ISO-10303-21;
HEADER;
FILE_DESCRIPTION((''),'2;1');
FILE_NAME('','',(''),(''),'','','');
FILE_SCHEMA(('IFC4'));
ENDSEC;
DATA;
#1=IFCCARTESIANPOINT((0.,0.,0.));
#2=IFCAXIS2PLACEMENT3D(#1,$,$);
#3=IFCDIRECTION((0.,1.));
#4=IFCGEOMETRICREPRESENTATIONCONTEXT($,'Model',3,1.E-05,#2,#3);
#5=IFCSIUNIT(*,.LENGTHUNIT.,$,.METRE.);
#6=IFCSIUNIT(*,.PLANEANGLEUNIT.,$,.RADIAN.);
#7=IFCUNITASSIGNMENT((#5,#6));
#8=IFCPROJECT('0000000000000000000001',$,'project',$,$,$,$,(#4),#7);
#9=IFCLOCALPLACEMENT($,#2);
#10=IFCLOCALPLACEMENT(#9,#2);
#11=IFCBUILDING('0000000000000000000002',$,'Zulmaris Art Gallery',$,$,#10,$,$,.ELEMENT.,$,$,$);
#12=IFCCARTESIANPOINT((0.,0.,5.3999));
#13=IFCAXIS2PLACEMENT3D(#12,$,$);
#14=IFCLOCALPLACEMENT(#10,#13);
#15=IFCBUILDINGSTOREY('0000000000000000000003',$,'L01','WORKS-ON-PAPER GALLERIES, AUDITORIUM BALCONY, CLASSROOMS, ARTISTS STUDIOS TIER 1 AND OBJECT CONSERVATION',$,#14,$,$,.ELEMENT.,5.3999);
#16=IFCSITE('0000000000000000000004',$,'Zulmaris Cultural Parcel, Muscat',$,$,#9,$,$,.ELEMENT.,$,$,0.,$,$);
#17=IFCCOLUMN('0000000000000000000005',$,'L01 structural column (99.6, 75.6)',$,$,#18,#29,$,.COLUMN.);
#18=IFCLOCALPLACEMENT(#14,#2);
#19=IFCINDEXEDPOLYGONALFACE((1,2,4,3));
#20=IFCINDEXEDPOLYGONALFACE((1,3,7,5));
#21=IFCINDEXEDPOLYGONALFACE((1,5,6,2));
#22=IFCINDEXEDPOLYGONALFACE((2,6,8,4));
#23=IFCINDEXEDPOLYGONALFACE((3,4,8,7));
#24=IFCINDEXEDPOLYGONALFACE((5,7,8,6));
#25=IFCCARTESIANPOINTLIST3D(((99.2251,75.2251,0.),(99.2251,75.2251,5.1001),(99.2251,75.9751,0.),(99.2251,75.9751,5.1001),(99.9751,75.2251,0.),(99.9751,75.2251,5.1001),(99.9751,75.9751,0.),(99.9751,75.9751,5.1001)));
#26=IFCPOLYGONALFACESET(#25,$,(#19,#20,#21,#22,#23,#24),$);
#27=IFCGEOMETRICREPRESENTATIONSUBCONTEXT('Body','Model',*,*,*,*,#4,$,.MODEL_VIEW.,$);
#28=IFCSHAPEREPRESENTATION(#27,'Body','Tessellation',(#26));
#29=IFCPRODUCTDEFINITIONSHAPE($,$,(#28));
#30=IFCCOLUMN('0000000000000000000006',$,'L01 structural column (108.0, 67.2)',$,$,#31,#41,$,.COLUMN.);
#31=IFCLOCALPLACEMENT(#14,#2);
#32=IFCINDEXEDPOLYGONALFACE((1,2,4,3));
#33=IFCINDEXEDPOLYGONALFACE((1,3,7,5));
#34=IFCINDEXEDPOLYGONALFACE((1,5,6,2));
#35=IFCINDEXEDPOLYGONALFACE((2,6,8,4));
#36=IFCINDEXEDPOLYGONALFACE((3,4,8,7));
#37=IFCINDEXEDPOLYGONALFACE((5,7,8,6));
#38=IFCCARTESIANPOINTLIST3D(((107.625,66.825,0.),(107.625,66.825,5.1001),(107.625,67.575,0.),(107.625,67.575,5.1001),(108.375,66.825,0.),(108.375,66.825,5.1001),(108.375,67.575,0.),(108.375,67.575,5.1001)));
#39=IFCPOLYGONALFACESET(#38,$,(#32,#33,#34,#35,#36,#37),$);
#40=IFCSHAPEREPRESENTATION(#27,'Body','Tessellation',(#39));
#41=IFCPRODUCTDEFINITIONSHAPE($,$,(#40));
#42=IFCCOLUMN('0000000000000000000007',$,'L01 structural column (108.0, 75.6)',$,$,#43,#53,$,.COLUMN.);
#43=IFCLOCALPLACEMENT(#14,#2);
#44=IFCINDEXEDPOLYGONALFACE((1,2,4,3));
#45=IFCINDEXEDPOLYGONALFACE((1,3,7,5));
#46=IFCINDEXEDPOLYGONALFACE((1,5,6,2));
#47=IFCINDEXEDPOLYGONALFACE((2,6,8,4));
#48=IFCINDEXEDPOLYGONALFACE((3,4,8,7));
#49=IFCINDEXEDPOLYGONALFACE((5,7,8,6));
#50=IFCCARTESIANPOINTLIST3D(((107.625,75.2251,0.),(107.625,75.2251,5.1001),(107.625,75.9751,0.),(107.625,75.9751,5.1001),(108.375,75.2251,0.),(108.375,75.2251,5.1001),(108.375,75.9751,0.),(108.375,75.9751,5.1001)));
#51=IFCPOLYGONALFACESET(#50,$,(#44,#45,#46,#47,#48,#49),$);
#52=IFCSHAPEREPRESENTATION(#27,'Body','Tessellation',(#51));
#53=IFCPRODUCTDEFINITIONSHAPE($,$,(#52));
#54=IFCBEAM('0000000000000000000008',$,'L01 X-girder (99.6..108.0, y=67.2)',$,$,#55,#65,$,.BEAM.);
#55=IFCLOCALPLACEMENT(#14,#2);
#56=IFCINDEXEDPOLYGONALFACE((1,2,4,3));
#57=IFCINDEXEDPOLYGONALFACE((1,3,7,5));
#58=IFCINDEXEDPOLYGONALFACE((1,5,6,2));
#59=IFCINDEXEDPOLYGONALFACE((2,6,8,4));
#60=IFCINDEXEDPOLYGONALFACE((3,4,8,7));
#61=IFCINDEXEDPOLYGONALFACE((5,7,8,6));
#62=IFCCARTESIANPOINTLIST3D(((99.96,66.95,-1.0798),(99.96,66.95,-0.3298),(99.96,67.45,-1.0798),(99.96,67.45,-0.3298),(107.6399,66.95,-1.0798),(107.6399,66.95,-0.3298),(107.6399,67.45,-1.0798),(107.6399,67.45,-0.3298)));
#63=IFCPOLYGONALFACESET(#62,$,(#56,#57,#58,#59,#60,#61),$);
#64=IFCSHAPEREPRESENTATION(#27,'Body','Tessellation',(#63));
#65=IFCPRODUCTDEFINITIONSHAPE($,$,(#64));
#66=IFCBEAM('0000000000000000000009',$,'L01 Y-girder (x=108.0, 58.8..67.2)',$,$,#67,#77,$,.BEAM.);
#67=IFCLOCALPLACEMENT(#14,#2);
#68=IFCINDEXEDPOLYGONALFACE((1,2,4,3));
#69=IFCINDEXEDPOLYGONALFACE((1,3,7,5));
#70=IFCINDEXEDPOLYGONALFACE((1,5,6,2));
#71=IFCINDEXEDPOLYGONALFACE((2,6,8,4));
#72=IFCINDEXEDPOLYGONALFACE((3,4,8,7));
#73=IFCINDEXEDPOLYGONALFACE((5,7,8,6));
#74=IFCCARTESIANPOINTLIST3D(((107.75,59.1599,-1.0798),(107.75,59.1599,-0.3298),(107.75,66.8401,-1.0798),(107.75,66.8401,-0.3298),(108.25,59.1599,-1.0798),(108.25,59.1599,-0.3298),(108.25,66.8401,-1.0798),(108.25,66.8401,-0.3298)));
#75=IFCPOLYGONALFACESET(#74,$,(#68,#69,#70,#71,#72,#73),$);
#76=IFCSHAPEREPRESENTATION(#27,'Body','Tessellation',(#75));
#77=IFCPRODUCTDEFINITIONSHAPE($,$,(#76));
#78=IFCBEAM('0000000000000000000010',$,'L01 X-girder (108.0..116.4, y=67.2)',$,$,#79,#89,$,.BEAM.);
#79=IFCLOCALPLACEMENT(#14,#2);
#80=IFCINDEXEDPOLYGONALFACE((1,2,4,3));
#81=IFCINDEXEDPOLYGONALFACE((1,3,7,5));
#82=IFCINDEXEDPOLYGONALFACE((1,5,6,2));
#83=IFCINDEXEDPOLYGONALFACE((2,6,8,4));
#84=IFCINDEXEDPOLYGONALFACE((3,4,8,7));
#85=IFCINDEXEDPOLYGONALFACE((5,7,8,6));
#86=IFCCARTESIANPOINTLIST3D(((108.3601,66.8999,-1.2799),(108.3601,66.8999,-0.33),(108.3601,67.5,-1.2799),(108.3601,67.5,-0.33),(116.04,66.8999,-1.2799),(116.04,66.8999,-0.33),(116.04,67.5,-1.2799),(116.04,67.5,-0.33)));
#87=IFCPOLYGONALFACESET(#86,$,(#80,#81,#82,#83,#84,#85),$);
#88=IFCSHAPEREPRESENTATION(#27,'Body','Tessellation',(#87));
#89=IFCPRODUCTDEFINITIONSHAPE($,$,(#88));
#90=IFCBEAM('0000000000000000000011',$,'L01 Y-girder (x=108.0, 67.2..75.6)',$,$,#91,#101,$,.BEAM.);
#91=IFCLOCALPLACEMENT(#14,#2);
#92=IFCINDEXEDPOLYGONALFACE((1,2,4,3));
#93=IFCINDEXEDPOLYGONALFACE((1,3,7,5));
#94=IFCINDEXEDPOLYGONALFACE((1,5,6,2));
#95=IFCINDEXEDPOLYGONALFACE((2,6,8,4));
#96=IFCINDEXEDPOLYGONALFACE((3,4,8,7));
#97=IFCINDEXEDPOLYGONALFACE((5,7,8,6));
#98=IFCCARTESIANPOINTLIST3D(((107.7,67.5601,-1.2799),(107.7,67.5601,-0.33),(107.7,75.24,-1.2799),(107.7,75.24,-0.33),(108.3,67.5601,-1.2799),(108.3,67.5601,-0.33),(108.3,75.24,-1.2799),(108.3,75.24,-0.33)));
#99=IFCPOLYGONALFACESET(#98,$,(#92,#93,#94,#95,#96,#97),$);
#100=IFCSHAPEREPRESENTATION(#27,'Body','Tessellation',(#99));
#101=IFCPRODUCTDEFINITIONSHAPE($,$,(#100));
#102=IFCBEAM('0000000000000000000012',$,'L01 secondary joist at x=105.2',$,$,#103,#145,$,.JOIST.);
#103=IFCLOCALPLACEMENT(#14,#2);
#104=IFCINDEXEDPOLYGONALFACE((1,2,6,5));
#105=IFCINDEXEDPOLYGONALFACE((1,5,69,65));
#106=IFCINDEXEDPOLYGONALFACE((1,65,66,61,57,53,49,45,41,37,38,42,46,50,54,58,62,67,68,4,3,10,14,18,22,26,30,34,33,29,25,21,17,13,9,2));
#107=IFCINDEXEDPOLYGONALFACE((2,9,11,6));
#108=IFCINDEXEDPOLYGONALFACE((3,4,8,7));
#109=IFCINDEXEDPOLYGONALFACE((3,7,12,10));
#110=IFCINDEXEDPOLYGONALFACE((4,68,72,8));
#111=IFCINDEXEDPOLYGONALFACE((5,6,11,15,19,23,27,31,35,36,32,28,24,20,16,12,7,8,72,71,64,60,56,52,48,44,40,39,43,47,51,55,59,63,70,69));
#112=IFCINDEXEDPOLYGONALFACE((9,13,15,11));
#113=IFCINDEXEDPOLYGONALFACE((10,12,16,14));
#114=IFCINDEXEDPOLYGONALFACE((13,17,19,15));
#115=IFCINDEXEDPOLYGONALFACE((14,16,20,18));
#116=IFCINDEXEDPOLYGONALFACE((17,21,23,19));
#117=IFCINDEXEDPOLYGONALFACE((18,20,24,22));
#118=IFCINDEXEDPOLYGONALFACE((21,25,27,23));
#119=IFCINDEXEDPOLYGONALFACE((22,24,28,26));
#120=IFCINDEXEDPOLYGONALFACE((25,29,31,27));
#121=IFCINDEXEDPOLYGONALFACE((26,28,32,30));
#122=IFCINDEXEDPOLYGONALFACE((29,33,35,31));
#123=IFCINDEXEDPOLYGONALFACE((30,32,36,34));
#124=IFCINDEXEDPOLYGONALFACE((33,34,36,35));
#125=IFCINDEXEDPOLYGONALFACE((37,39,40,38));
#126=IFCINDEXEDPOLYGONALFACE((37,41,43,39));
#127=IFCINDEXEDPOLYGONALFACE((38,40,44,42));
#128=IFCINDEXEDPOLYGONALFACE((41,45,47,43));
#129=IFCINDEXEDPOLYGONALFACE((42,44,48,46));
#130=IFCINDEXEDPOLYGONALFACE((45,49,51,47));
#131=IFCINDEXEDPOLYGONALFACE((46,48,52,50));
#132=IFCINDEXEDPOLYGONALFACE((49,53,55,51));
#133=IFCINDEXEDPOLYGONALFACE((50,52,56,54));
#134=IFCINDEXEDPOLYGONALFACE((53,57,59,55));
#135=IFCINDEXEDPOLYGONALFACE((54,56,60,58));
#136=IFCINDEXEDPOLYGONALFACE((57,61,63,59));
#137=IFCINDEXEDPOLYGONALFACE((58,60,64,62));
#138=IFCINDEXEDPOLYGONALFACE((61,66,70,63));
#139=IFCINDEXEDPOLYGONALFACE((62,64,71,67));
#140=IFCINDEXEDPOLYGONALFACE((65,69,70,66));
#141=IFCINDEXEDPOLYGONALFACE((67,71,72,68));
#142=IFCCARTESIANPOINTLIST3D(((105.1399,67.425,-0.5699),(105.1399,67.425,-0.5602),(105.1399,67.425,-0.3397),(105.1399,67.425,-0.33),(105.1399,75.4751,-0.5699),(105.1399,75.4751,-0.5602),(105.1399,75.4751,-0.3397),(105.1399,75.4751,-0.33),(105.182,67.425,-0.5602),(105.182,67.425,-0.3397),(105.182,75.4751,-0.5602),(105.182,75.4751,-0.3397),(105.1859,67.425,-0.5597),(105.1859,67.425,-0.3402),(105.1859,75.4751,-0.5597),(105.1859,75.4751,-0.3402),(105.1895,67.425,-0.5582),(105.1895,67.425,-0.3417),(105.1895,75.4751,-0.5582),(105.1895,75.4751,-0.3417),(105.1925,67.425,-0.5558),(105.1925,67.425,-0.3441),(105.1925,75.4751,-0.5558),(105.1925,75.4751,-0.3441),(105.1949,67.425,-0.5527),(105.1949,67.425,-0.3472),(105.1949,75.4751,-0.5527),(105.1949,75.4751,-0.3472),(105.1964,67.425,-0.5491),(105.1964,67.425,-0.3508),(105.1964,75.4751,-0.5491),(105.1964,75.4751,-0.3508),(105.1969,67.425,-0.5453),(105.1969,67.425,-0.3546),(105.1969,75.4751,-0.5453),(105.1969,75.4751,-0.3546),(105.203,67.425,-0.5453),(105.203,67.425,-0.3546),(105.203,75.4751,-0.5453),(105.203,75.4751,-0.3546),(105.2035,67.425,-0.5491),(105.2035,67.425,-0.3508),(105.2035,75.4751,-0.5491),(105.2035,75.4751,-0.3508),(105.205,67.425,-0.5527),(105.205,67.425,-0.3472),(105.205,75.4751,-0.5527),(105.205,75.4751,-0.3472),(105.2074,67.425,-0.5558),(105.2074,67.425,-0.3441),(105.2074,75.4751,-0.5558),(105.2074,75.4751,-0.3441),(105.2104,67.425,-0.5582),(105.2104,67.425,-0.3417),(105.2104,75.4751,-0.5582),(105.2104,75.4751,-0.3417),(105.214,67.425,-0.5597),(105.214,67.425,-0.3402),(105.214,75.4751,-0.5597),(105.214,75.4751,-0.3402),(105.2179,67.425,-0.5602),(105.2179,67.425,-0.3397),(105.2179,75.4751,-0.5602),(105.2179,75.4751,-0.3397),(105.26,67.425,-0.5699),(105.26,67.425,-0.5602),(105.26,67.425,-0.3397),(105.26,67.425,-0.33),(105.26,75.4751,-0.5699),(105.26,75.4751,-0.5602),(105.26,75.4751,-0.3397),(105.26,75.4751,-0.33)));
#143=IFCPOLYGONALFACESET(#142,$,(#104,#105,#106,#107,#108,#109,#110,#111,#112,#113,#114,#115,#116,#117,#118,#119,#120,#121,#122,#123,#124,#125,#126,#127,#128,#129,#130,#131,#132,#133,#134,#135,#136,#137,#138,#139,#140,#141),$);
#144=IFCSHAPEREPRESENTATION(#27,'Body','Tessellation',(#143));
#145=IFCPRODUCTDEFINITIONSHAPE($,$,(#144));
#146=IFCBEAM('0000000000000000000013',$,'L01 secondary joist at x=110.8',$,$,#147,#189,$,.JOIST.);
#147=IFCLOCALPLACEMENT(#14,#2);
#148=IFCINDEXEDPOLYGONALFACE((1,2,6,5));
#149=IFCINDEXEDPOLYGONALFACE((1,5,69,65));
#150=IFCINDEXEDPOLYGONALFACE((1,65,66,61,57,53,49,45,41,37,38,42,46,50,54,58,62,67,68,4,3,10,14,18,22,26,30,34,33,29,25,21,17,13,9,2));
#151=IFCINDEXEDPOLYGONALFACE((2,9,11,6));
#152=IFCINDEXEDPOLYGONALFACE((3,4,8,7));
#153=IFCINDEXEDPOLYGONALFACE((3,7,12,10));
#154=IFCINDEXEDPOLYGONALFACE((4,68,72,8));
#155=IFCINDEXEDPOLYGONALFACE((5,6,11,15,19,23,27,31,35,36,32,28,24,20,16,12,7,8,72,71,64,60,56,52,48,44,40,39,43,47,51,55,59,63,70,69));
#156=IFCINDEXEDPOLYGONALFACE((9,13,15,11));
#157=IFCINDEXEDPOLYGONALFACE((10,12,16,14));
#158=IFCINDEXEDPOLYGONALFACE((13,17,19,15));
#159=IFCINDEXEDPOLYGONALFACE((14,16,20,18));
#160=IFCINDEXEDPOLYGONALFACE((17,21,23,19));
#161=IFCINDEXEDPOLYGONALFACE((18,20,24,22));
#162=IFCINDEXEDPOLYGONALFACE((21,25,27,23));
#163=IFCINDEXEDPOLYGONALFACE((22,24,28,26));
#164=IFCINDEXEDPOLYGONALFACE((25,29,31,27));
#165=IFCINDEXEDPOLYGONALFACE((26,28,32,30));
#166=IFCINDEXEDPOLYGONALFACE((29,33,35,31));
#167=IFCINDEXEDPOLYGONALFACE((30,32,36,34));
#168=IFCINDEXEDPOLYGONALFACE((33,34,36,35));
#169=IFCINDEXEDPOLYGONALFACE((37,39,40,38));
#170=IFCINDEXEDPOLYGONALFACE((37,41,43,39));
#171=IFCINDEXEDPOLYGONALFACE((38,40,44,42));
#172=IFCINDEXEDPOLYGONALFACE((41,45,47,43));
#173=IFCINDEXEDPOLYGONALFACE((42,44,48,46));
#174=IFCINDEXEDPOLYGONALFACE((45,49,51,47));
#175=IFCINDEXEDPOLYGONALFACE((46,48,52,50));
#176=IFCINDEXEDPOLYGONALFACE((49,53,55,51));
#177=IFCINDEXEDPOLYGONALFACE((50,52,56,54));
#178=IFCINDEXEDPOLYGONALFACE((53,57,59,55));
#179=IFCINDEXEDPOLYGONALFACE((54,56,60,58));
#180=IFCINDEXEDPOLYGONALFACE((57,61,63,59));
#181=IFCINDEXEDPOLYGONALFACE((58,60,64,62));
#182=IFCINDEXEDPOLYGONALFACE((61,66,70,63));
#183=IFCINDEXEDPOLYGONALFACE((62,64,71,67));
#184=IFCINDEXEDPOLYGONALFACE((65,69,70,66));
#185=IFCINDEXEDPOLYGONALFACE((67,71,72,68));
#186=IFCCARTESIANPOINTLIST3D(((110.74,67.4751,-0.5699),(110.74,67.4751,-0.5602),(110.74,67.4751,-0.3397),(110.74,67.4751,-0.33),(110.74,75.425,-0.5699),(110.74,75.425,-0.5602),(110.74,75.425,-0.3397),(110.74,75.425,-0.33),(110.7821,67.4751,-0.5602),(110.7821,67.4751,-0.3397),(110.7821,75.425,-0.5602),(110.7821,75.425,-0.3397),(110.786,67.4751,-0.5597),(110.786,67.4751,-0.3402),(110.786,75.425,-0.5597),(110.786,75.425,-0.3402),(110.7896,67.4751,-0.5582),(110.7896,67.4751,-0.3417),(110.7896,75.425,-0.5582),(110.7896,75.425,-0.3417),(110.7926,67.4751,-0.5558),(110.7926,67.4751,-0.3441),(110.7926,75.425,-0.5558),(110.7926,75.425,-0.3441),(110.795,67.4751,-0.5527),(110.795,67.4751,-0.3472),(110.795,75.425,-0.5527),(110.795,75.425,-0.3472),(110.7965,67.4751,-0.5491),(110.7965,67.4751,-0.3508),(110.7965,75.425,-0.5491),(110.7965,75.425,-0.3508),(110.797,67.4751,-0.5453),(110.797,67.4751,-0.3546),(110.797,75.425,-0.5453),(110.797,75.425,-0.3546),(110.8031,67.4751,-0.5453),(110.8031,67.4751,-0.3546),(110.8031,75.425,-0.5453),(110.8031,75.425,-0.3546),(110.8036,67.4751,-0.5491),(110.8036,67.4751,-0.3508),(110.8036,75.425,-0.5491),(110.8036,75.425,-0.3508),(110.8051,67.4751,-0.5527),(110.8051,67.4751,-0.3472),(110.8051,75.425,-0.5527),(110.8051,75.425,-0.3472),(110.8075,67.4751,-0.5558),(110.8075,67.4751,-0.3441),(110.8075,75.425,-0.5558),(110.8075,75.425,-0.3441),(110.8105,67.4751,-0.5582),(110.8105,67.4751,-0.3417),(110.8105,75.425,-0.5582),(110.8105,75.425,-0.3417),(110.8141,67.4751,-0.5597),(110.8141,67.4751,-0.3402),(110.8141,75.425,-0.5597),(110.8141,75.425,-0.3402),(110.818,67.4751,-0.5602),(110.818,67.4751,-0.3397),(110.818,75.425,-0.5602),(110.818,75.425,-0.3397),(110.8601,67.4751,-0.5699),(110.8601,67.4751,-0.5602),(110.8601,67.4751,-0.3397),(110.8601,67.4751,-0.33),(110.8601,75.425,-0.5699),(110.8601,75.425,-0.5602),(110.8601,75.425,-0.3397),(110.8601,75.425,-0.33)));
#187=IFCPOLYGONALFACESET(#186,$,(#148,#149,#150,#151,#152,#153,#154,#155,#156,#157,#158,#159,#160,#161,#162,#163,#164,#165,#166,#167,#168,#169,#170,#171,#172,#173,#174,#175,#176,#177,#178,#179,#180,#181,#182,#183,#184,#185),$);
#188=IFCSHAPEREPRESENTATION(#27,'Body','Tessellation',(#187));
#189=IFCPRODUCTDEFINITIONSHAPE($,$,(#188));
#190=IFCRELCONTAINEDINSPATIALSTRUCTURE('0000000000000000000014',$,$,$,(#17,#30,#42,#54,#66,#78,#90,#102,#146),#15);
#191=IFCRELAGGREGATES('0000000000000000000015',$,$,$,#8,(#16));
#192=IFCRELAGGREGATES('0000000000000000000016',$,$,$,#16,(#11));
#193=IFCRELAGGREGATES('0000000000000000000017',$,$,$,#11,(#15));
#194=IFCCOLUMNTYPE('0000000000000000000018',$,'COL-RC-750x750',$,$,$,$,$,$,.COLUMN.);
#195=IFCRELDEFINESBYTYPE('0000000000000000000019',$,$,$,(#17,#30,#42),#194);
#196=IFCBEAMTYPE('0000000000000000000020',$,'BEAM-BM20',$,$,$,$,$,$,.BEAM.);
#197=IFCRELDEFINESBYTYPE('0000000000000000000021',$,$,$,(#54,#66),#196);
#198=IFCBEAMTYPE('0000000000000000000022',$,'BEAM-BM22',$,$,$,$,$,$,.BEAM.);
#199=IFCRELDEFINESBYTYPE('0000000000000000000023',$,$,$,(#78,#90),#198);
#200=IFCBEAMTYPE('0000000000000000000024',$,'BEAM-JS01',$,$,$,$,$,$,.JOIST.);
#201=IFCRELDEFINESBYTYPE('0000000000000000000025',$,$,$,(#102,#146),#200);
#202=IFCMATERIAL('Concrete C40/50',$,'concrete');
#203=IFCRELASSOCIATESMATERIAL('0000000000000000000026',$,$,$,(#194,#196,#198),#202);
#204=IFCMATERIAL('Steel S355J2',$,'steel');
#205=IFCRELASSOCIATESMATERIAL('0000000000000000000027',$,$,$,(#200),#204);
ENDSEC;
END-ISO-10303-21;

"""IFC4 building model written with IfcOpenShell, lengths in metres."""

from ifc_helpers import new_model, si_unit, direction, frame, origin, origin_2d, place, context, subcontext, project, spatial, rectangle, i_section, extrude, material, material_profile, profile_set, type_object, element, save


model = new_model("IFC4")

# Units and contexts
model_context = context("Model", 3, precision=1e-05, world=origin(), true_north=direction((0.0, 1.0)))
body_context = subcontext(model_context, "Body", "Model", "MODEL_VIEW")
ifc_project = project(units=[si_unit("LENGTHUNIT", "METRE"), si_unit("PLANEANGLEUNIT", "RADIAN")], contexts=[model_context])

# Site, building, storey
site_placement = place(None, origin())
site = spatial("IfcSite", under=ifc_project, at=site_placement, Name="Zulmaris Cultural Parcel, Muscat", CompositionType="ELEMENT", RefElevation=0.0)
building_placement = place(site_placement, origin())
building = spatial("IfcBuilding", under=site, at=building_placement, Name="Zulmaris Art Gallery", CompositionType="ELEMENT")
storey_placement = place(building_placement, frame((0.0, 0.0, 5.3999)))
storey = spatial("IfcBuildingStorey", under=building, at=storey_placement, Name="L01", Description="WORKS-ON-PAPER GALLERIES, AUDITORIUM BALCONY, CLASSROOMS, ARTISTS STUDIOS TIER 1 AND OBJECT CONSERVATION", CompositionType="ELEMENT", Elevation=5.3999)

# Columns
ifc_material_1 = material(Name="Concrete C40/50", Category="concrete")
ifc_material_profile_1 = material_profile(ifc_material_1, rectangle(XDim=0.75, YDim=0.75, at=origin_2d()), Name="RC 750x750")
ifc_profile_set_1 = profile_set([ifc_material_profile_1], Name="Concrete C40/50")
column_type = type_object("IfcColumnType", Name="COL-RC-750x750", PredefinedType="COLUMN", material=ifc_profile_set_1)
for number, where, z_axis, x_axis, name in (
    (1, (99.6001, 75.6001, 0.0), (0.0, 0.0, 1.0), (1.0, 0.0, 0.0), "L01 structural column (99.6, 75.6)"),
    (2, (108.0, 67.2, 0.0), (0.0, 0.0, 1.0), (1.0, 0.0, 0.0), "L01 structural column (108.0, 67.2)"),
    (3, (108.0, 75.6001, 0.0), (0.0, 0.0, 1.0), (1.0, 0.0, 0.0), "L01 structural column (108.0, 75.6)"),
):
    element("IfcColumn", number, at=place(storey_placement, frame(where, z_axis=z_axis, x_axis=x_axis)), inside=storey, type_object=column_type, Name=name, PredefinedType="COLUMN", context=body_context, shape_type="SweptSolid", body=[
        extrude(rectangle(XDim=0.75, YDim=0.75, at=origin_2d()), origin(), (0.0, 0.0, 1.0), 5.1001),
    ])

# Beams
ifc_material_profile_2 = material_profile(ifc_material_1, rectangle(XDim=0.5, YDim=0.75, at=origin_2d()), Name="RC 500x750")
ifc_profile_set_2 = profile_set([ifc_material_profile_2], Name="Concrete C40/50")
beam_type_1 = type_object("IfcBeamType", Name="BEAM-BM20", PredefinedType="BEAM", material=ifc_profile_set_2)
beam_1_placement = place(storey_placement, frame((99.96, 67.2, -0.7048), z_axis=(1.0, 0.0, 0.0), x_axis=(0.0, 1.0, 0.0)))
element("IfcBeam", 4, at=beam_1_placement, inside=storey, type_object=beam_type_1, Name="L01 X-girder (99.6..108.0, y=67.2)", PredefinedType="BEAM", context=body_context, shape_type="SweptSolid", body=[
    extrude(rectangle(XDim=0.5, YDim=0.75, at=origin_2d()), origin(), (0.0, 0.0, 1.0), 7.6799),
])
beam_2_placement = place(storey_placement, frame((108.0, 59.1599, -0.7048), z_axis=(0.0, 1.0, 0.0), x_axis=(-1.0, 0.0, 0.0)))
element("IfcBeam", 5, at=beam_2_placement, inside=storey, type_object=beam_type_1, Name="L01 Y-girder (x=108.0, 58.8..67.2)", PredefinedType="BEAM", context=body_context, shape_type="SweptSolid", body=[
    extrude(rectangle(XDim=0.5, YDim=0.75, at=origin_2d()), origin(), (0.0, 0.0, 1.0), 7.6802),
])
ifc_material_profile_3 = material_profile(ifc_material_1, rectangle(XDim=0.6001, YDim=0.95, at=origin_2d()), Name="RC 600x950")
ifc_profile_set_3 = profile_set([ifc_material_profile_3], Name="Concrete C40/50")
beam_type_2 = type_object("IfcBeamType", Name="BEAM-BM22", PredefinedType="BEAM", material=ifc_profile_set_3)
for number, where, z_axis, x_axis, name in (
    (6, (108.3601, 67.2, -0.8049), (1.0, 0.0, 0.0), (0.0, 1.0, 0.0), "L01 X-girder (108.0..116.4, y=67.2)"),
    (7, (108.0, 67.5601, -0.8049), (0.0, 1.0, 0.0), (-1.0, 0.0, 0.0), "L01 Y-girder (x=108.0, 67.2..75.6)"),
):
    element("IfcBeam", number, at=place(storey_placement, frame(where, z_axis=z_axis, x_axis=x_axis)), inside=storey, type_object=beam_type_2, Name=name, PredefinedType="BEAM", context=body_context, shape_type="SweptSolid", body=[
        extrude(rectangle(XDim=0.6001, YDim=0.95, at=origin_2d()), origin(), (0.0, 0.0, 1.0), 7.6799),
    ])
ifc_material_2 = material(Name="Steel S355J2", Category="steel")
ifc_material_profile_4 = material_profile(ifc_material_2, i_section(OverallWidth=0.1201, OverallDepth=0.24, WebThickness=0.0061, FlangeThickness=0.0098, FilletRadius=0.0149, at=origin_2d()), Name="IPE 240")
ifc_profile_set_4 = profile_set([ifc_material_profile_4], Name="Steel S355J2")
beam_type_3 = type_object("IfcBeamType", Name="BEAM-JS01", PredefinedType="JOIST", material=ifc_profile_set_4)
beam_3_placement = place(storey_placement, frame((105.2, 67.425, -0.45), z_axis=(0.0, 1.0, 0.0), x_axis=(-1.0, 0.0, 0.0)))
element("IfcBeam", 8, at=beam_3_placement, inside=storey, type_object=beam_type_3, Name="L01 secondary joist at x=105.2", PredefinedType="JOIST", context=body_context, shape_type="SweptSolid", body=[
    extrude(i_section(OverallWidth=0.1201, OverallDepth=0.24, WebThickness=0.0061, FlangeThickness=0.0098, FilletRadius=0.0149, at=origin_2d()), origin(), (0.0, 0.0, 1.0), 8.05),
])
beam_4_placement = place(storey_placement, frame((110.8, 67.4751, -0.45), z_axis=(0.0, 1.0, 0.0), x_axis=(-1.0, 0.0, 0.0)))
element("IfcBeam", 9, at=beam_4_placement, inside=storey, type_object=beam_type_3, Name="L01 secondary joist at x=110.8", PredefinedType="JOIST", context=body_context, shape_type="SweptSolid", body=[
    extrude(i_section(OverallWidth=0.1201, OverallDepth=0.24, WebThickness=0.0061, FlangeThickness=0.0098, FilletRadius=0.0149, at=origin_2d()), origin(), (0.0, 0.0, 1.0), 7.95),
])

save(model, "model.ifc")
